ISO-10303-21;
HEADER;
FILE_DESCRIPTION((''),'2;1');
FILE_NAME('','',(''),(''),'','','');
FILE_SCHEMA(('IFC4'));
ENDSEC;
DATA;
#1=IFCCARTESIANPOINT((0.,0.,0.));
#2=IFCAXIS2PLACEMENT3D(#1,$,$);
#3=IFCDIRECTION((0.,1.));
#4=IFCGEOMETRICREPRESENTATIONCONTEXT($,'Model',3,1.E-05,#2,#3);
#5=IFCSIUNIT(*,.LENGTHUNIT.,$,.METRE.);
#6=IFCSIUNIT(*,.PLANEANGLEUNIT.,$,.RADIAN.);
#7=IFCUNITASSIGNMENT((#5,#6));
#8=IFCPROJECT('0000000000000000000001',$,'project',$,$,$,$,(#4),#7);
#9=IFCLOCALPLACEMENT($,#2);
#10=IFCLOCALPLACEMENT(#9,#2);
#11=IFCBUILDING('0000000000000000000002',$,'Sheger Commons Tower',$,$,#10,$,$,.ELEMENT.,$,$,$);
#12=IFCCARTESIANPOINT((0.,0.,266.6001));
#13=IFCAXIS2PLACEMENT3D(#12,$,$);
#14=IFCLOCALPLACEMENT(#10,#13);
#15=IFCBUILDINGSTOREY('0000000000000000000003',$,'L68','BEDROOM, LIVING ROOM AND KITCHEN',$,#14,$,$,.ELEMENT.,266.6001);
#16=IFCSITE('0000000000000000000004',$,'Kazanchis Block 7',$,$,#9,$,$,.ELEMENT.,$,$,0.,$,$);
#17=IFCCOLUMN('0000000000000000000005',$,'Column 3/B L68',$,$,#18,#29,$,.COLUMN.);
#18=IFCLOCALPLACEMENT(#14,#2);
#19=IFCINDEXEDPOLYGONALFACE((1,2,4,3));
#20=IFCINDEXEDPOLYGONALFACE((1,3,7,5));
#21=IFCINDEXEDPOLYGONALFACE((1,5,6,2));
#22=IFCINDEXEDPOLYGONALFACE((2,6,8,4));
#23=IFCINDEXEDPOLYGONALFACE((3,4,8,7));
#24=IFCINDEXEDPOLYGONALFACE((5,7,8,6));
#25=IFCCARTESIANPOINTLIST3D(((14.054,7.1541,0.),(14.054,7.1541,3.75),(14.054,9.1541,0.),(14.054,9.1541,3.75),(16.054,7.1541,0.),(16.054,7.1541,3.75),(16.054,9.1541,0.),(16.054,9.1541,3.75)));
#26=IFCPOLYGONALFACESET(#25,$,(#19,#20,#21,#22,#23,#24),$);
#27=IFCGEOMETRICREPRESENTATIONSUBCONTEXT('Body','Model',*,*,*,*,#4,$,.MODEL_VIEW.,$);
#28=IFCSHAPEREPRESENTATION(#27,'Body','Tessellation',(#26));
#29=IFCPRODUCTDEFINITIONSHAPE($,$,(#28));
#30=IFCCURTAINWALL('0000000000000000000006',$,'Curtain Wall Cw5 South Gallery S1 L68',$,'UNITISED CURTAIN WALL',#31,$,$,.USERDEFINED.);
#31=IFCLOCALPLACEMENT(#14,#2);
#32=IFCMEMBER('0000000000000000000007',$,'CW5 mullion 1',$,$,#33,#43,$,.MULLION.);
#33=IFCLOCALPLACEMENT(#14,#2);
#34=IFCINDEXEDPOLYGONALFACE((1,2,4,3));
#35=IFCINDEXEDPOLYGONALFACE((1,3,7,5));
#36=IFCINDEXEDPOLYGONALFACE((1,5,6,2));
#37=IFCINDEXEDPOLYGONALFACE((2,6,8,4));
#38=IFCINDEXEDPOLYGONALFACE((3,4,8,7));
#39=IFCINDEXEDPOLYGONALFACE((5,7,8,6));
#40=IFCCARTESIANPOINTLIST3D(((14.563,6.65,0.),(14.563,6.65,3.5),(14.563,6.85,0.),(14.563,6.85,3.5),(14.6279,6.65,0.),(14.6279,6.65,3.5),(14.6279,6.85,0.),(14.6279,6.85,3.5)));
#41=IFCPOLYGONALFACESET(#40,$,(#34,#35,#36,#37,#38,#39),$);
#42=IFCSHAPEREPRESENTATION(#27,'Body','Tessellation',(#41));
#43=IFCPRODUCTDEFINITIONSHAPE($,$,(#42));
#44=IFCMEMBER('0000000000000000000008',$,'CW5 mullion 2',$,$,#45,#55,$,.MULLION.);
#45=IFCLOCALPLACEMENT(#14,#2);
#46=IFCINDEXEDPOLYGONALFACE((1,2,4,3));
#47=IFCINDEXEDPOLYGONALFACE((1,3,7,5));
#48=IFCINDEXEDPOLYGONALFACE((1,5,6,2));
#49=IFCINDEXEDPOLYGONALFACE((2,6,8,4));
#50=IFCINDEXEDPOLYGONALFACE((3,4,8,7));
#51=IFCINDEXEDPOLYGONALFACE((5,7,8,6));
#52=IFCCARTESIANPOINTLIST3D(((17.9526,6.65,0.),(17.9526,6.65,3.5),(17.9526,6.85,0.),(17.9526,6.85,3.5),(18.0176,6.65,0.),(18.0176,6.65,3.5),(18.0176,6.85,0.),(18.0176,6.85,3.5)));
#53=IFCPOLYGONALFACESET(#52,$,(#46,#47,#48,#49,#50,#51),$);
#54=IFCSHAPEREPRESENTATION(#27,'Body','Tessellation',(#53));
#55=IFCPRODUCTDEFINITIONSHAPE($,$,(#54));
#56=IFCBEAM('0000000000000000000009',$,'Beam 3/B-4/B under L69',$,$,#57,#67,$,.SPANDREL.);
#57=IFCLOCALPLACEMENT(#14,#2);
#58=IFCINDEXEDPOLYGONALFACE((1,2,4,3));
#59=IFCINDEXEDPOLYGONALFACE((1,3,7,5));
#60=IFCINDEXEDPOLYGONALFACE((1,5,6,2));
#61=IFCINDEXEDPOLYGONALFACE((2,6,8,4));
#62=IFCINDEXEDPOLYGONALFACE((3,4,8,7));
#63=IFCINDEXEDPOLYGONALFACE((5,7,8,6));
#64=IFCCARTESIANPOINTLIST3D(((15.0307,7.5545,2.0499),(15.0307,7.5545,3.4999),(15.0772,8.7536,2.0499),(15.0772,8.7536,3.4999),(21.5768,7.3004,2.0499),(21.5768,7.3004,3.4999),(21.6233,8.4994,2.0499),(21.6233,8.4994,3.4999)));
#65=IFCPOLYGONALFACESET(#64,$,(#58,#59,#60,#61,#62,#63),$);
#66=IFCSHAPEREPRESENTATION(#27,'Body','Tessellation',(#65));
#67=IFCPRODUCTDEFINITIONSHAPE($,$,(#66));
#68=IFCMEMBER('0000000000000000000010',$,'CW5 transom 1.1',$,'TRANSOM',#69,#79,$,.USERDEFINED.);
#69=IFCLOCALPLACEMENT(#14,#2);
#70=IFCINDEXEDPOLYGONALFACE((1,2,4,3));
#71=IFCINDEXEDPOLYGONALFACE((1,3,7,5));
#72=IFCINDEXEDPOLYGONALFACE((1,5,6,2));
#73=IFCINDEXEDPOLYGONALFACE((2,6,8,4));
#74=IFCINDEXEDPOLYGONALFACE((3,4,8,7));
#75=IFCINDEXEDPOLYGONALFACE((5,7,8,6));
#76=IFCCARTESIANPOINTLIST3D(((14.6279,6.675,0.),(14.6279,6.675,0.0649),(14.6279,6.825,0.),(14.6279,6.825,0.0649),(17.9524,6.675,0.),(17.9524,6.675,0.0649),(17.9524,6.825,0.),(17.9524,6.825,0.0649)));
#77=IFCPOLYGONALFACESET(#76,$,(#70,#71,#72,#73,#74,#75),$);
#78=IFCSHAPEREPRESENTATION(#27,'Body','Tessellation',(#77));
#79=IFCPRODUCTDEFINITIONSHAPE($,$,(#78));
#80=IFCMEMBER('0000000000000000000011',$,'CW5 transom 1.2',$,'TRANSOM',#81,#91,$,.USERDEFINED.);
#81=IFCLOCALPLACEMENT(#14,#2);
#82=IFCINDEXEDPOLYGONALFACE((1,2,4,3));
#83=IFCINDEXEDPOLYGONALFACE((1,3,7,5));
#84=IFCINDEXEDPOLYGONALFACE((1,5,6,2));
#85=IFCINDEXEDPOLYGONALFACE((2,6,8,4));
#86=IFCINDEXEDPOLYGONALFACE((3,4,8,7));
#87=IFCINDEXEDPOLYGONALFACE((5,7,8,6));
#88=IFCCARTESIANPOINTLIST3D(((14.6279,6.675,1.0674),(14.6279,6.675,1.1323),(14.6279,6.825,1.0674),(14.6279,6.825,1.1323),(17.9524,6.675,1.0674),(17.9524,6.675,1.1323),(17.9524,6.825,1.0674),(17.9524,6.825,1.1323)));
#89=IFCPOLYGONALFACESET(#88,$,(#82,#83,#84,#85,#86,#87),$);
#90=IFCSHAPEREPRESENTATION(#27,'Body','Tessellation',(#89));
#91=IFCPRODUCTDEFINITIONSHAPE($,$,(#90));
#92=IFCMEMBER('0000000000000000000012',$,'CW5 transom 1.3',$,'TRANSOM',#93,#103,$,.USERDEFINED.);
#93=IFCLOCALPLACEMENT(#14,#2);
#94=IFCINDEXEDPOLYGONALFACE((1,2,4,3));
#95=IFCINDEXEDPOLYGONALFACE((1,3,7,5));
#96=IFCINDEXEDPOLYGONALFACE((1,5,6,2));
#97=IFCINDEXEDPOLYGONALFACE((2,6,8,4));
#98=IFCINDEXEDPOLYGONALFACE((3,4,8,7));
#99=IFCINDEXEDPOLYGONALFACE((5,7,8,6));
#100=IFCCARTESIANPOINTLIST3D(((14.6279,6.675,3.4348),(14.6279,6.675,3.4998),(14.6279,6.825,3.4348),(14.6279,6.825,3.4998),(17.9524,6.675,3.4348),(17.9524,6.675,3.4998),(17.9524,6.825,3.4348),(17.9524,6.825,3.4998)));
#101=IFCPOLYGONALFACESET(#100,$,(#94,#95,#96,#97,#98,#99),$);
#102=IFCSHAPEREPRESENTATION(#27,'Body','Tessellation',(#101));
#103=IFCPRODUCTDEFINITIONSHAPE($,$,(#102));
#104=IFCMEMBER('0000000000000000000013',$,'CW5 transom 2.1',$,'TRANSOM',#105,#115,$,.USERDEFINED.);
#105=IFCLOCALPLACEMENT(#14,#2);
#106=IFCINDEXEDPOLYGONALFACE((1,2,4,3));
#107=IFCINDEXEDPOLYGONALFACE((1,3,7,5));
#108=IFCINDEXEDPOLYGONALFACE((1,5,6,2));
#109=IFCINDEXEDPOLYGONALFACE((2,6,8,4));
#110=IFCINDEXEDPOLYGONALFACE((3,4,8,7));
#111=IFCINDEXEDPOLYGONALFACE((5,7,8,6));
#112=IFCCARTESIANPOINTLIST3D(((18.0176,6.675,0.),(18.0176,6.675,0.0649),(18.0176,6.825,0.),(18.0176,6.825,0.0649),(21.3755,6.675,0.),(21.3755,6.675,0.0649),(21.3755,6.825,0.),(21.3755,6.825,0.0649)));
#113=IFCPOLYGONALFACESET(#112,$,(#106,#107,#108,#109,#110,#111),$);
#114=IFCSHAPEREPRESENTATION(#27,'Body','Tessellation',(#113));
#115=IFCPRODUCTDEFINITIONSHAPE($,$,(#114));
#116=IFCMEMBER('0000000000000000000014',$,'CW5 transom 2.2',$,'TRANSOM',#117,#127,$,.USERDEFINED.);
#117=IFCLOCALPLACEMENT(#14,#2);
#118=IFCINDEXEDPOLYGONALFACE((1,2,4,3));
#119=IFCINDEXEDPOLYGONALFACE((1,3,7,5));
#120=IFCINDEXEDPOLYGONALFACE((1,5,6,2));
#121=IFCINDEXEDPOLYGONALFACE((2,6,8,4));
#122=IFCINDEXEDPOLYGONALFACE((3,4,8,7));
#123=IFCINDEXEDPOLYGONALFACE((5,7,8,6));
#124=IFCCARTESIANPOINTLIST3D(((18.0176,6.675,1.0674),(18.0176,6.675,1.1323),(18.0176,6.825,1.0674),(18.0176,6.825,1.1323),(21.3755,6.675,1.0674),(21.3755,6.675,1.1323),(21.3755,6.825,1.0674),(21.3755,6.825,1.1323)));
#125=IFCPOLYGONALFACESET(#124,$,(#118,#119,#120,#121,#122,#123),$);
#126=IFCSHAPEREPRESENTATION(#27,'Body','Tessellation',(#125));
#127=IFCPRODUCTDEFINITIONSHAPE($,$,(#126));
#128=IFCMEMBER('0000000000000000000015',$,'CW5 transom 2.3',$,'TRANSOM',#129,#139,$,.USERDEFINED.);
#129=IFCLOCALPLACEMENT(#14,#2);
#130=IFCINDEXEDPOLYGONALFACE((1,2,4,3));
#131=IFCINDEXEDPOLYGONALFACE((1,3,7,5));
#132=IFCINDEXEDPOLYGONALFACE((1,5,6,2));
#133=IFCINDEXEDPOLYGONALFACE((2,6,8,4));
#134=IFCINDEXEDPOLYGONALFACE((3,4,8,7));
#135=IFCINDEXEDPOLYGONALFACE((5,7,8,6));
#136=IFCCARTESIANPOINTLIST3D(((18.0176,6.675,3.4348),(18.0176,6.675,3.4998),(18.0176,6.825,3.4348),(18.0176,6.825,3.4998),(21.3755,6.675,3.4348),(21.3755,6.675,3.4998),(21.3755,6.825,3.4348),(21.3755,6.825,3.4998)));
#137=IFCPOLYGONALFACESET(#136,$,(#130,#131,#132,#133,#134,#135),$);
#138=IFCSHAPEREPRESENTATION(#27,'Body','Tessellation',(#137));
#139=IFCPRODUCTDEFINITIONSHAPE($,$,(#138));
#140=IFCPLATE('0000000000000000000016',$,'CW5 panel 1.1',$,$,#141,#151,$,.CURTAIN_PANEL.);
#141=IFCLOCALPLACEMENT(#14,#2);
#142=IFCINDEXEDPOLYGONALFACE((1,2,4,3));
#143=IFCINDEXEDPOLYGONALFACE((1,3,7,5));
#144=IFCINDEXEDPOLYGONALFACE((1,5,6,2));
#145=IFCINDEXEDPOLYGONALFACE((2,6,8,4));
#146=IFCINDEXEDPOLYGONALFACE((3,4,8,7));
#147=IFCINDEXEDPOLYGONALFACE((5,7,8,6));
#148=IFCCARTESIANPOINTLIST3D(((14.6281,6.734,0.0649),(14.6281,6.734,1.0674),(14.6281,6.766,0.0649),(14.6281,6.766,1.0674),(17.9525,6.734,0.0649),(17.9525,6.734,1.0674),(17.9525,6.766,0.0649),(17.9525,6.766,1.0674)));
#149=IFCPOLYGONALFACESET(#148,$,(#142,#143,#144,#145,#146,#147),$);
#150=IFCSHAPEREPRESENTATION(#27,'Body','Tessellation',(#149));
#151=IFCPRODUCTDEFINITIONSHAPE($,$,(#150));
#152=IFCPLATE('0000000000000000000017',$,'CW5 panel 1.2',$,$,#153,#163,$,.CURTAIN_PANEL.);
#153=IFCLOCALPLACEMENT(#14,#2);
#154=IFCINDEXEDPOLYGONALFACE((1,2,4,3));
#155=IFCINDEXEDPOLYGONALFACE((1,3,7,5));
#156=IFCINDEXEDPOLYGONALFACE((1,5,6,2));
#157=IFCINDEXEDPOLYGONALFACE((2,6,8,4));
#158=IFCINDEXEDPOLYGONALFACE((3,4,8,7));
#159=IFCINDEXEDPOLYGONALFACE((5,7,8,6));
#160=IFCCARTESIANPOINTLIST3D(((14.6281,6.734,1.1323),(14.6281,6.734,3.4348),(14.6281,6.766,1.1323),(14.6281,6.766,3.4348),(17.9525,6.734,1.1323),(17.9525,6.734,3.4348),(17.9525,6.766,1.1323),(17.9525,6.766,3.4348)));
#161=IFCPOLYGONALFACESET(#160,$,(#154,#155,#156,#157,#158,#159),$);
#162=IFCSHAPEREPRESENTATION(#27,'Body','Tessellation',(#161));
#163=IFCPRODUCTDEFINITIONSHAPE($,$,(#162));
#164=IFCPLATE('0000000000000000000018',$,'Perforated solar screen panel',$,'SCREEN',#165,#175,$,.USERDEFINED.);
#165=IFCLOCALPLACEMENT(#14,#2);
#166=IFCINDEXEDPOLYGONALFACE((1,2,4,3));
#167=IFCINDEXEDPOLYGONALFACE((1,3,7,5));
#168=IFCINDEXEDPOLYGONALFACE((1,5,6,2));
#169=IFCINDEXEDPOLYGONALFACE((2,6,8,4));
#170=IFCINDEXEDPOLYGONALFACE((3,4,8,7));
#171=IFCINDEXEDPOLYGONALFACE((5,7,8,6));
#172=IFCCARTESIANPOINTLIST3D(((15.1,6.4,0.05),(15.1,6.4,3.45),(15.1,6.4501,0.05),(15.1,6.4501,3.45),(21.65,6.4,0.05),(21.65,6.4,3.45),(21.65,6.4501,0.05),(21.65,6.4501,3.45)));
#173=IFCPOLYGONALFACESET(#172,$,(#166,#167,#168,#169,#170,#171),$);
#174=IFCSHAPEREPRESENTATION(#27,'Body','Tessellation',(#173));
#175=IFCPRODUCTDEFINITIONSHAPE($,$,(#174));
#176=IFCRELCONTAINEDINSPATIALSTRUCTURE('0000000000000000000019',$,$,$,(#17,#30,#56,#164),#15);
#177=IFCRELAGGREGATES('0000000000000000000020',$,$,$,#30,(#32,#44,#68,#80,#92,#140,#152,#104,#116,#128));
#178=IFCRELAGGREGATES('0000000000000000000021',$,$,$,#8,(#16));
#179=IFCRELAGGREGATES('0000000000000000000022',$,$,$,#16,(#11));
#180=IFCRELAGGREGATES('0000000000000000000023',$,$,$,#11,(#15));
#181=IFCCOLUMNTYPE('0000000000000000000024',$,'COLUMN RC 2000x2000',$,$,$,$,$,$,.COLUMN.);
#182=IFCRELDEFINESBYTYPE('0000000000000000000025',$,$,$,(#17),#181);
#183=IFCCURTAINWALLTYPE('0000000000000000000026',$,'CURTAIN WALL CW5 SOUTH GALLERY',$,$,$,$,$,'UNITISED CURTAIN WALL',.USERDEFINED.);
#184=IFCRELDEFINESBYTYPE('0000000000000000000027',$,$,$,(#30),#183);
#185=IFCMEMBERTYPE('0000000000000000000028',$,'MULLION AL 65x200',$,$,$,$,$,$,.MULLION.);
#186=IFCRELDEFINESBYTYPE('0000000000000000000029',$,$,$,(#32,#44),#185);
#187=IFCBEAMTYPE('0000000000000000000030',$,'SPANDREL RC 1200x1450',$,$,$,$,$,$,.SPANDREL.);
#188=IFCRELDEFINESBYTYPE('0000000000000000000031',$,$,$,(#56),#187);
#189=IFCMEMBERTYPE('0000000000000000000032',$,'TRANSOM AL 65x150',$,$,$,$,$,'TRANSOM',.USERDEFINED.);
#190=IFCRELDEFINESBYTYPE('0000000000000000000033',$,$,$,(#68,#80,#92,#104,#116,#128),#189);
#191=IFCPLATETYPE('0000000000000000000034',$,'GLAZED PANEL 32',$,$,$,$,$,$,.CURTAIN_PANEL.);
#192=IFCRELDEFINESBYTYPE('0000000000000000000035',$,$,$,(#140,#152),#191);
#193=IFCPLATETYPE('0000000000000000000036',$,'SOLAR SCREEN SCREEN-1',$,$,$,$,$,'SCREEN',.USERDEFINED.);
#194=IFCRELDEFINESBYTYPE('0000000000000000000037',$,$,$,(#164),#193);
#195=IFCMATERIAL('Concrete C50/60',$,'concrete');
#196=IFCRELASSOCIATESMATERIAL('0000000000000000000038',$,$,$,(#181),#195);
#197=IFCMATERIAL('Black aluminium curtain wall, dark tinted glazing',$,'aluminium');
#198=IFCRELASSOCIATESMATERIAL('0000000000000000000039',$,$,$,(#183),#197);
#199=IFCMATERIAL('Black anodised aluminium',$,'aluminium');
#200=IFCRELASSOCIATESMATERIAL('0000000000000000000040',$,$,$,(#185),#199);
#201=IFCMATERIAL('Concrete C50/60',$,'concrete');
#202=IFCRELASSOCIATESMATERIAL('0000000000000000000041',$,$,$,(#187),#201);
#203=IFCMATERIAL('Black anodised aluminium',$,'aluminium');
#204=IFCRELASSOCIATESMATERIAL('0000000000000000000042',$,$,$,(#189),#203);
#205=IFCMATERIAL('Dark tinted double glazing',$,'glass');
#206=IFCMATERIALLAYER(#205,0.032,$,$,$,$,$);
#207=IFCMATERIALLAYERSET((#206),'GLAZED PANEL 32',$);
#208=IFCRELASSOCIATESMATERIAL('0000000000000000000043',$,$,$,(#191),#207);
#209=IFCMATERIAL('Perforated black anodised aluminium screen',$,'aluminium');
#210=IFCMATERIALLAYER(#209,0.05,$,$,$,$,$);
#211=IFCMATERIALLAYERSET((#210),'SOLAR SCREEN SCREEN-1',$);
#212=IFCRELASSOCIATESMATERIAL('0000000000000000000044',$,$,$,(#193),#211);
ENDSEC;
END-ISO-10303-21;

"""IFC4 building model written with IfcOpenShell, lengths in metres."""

from ifc_helpers import new_model, si_unit, direction, frame, origin, origin_2d, place, context, subcontext, project, spatial, rectangle, extrude, material, layer, layer_set, material_profile, profile_set, type_object, element, aggregate, save


model = new_model("IFC4")

# Units and contexts
model_context = context("Model", 3, precision=1e-05, world=origin(), true_north=direction((0.0, 1.0)))
body_context = subcontext(model_context, "Body", "Model", "MODEL_VIEW")
ifc_project = project(units=[si_unit("LENGTHUNIT", "METRE"), si_unit("PLANEANGLEUNIT", "RADIAN")], contexts=[model_context])

# Site, building, storey
site_placement = place(None, origin())
site = spatial("IfcSite", under=ifc_project, at=site_placement, Name="Kazanchis Block 7", CompositionType="ELEMENT", RefElevation=0.0)
building_placement = place(site_placement, origin())
building = spatial("IfcBuilding", under=site, at=building_placement, Name="Sheger Commons Tower", CompositionType="ELEMENT")
storey_placement = place(building_placement, frame((0.0, 0.0, 266.6001)))
storey = spatial("IfcBuildingStorey", under=building, at=storey_placement, Name="L68", Description="BEDROOM, LIVING ROOM AND KITCHEN", CompositionType="ELEMENT", Elevation=266.6001)

# Column
ifc_material_1 = material(Name="Concrete C50/60", Category="concrete")
ifc_material_profile_1 = material_profile(ifc_material_1, rectangle(XDim=2.0, YDim=2.0, at=origin_2d()), Name="RC 2000x2000")
ifc_profile_set_1 = profile_set([ifc_material_profile_1], Name="Concrete C50/60")
column_type = type_object("IfcColumnType", Name="COLUMN RC 2000x2000", PredefinedType="COLUMN", material=ifc_profile_set_1)
column_placement = place(storey_placement, frame((15.054, 8.1541, 0.0), z_axis=(0.0, 0.0, 1.0), x_axis=(1.0, 0.0, 0.0)))
element("IfcColumn", 1, at=column_placement, inside=storey, type_object=column_type, Name="Column 3/B L68", PredefinedType="COLUMN", context=body_context, shape_type="SweptSolid", body=[
    extrude(rectangle(XDim=2.0, YDim=2.0, at=origin_2d()), origin(), (0.0, 0.0, 1.0), 3.75),
])

# Curtain wall, members
ifc_material_2 = material(Name="Black aluminium curtain wall, dark tinted glazing", Category="aluminium")
curtain_wall_type = type_object("IfcCurtainWallType", Name="CURTAIN WALL CW5 SOUTH GALLERY", ElementType="UNITISED CURTAIN WALL", PredefinedType="USERDEFINED", material=ifc_material_2)
curtain_wall_placement = place(storey_placement, origin())
curtain_wall = element("IfcCurtainWall", 2, at=curtain_wall_placement, inside=storey, type_object=curtain_wall_type, Name="Curtain Wall Cw5 South Gallery S1 L68", ObjectType="UNITISED CURTAIN WALL", PredefinedType="USERDEFINED")
ifc_material_3 = material(Name="Black anodised aluminium", Category="aluminium")
ifc_material_profile_2 = material_profile(ifc_material_3, rectangle(XDim=0.2, YDim=0.0649, at=origin_2d()), Name="AL 65x200")
ifc_profile_set_2 = profile_set([ifc_material_profile_2], Name="Black anodised aluminium")
member_type_1 = type_object("IfcMemberType", Name="MULLION AL 65x200", PredefinedType="MULLION", material=ifc_profile_set_2)
member_1_placement = place(storey_placement, frame((14.5955, 6.75, 0.0), z_axis=(0.0, 0.0, 1.0), x_axis=(0.0, 1.0, 0.0)))
member_1 = element("IfcMember", 3, at=member_1_placement, type_object=member_type_1, Name="CW5 mullion 1", PredefinedType="MULLION", context=body_context, shape_type="SweptSolid", body=[
    extrude(rectangle(XDim=0.2, YDim=0.0649, at=origin_2d()), origin(), (0.0, 0.0, 1.0), 3.5),
])
member_2_placement = place(storey_placement, frame((17.9851, 6.75, 0.0), z_axis=(0.0, 0.0, 1.0), x_axis=(0.0, 1.0, 0.0)))
member_2 = element("IfcMember", 4, at=member_2_placement, type_object=member_type_1, Name="CW5 mullion 2", PredefinedType="MULLION", context=body_context, shape_type="SweptSolid", body=[
    extrude(rectangle(XDim=0.2, YDim=0.0649, at=origin_2d()), origin(), (0.0, 0.0, 1.0), 3.5),
])

# Beam
ifc_material_4 = material(Name="Concrete C50/60", Category="concrete")
ifc_material_profile_3 = material_profile(ifc_material_4, rectangle(XDim=1.2, YDim=1.45, at=origin_2d()), Name="RC 1200x1450")
ifc_profile_set_3 = profile_set([ifc_material_profile_3], Name="Concrete C50/60")
beam_type = type_object("IfcBeamType", Name="SPANDREL RC 1200x1450", PredefinedType="SPANDREL", material=ifc_profile_set_3)
beam_placement = place(storey_placement, frame((15.054, 8.1541, 2.7749), z_axis=(0.999247, -0.038795, 0.0), x_axis=(0.038795, 0.999247, 0.0)))
element("IfcBeam", 5, at=beam_placement, inside=storey, type_object=beam_type, Name="Beam 3/B-4/B under L69", PredefinedType="SPANDREL", context=body_context, shape_type="SweptSolid", body=[
    extrude(rectangle(XDim=1.2, YDim=1.45, at=origin_2d()), origin(), (0.0, 0.0, 1.0), 6.551),
])

# Members
ifc_material_5 = material(Name="Black anodised aluminium", Category="aluminium")
ifc_material_profile_4 = material_profile(ifc_material_5, rectangle(XDim=0.1499, YDim=0.0649, at=origin_2d()), Name="AL 65x150")
ifc_profile_set_4 = profile_set([ifc_material_profile_4], Name="Black anodised aluminium")
member_type_2 = type_object("IfcMemberType", Name="TRANSOM AL 65x150", ElementType="TRANSOM", PredefinedType="USERDEFINED", material=ifc_profile_set_4)
member_3_placement = place(storey_placement, frame((14.6279, 6.75, 0.0325), z_axis=(1.0, 0.0, 0.0), x_axis=(0.0, 1.0, 0.0)))
member_3 = element("IfcMember", 6, at=member_3_placement, type_object=member_type_2, Name="CW5 transom 1.1", ObjectType="TRANSOM", PredefinedType="USERDEFINED", context=body_context, shape_type="SweptSolid", body=[
    extrude(rectangle(XDim=0.1499, YDim=0.0649, at=origin_2d()), origin(), (0.0, 0.0, 1.0), 3.3245),
])
member_4_placement = place(storey_placement, frame((14.6279, 6.75, 1.0999), z_axis=(1.0, 0.0, 0.0), x_axis=(0.0, 1.0, 0.0)))
member_4 = element("IfcMember", 7, at=member_4_placement, type_object=member_type_2, Name="CW5 transom 1.2", ObjectType="TRANSOM", PredefinedType="USERDEFINED", context=body_context, shape_type="SweptSolid", body=[
    extrude(rectangle(XDim=0.1499, YDim=0.0649, at=origin_2d()), origin(), (0.0, 0.0, 1.0), 3.3245),
])
member_5_placement = place(storey_placement, frame((14.6279, 6.75, 3.4673), z_axis=(1.0, 0.0, 0.0), x_axis=(0.0, 1.0, 0.0)))
member_5 = element("IfcMember", 8, at=member_5_placement, type_object=member_type_2, Name="CW5 transom 1.3", ObjectType="TRANSOM", PredefinedType="USERDEFINED", context=body_context, shape_type="SweptSolid", body=[
    extrude(rectangle(XDim=0.1499, YDim=0.0649, at=origin_2d()), origin(), (0.0, 0.0, 1.0), 3.3245),
])
member_6_placement = place(storey_placement, frame((18.0176, 6.75, 0.0325), z_axis=(1.0, 0.0, 0.0), x_axis=(0.0, 1.0, 0.0)))
member_6 = element("IfcMember", 9, at=member_6_placement, type_object=member_type_2, Name="CW5 transom 2.1", ObjectType="TRANSOM", PredefinedType="USERDEFINED", context=body_context, shape_type="SweptSolid", body=[
    extrude(rectangle(XDim=0.1499, YDim=0.0649, at=origin_2d()), origin(), (0.0, 0.0, 1.0), 3.3579),
])
member_7_placement = place(storey_placement, frame((18.0176, 6.75, 1.0999), z_axis=(1.0, 0.0, 0.0), x_axis=(0.0, 1.0, 0.0)))
member_7 = element("IfcMember", 10, at=member_7_placement, type_object=member_type_2, Name="CW5 transom 2.2", ObjectType="TRANSOM", PredefinedType="USERDEFINED", context=body_context, shape_type="SweptSolid", body=[
    extrude(rectangle(XDim=0.1499, YDim=0.0649, at=origin_2d()), origin(), (0.0, 0.0, 1.0), 3.3579),
])
member_8_placement = place(storey_placement, frame((18.0176, 6.75, 3.4673), z_axis=(1.0, 0.0, 0.0), x_axis=(0.0, 1.0, 0.0)))
member_8 = element("IfcMember", 11, at=member_8_placement, type_object=member_type_2, Name="CW5 transom 2.3", ObjectType="TRANSOM", PredefinedType="USERDEFINED", context=body_context, shape_type="SweptSolid", body=[
    extrude(rectangle(XDim=0.1499, YDim=0.0649, at=origin_2d()), origin(), (0.0, 0.0, 1.0), 3.3579),
])

# Plates
ifc_material_6 = material(Name="Dark tinted double glazing", Category="glass")
ifc_layer_1 = layer(ifc_material_6, 0.032)
ifc_layer_set_1 = layer_set([ifc_layer_1], Name="GLAZED PANEL 32")
plate_type_1 = type_object("IfcPlateType", Name="GLAZED PANEL 32", PredefinedType="CURTAIN_PANEL", material=ifc_layer_set_1)
plate_1_placement = place(storey_placement, frame((16.2903, 6.75, 0.0649), z_axis=(0.0, 0.0, 1.0), x_axis=(1.0, 0.0, 0.0)))
plate_1 = element("IfcPlate", 12, at=plate_1_placement, type_object=plate_type_1, Name="CW5 panel 1.1", PredefinedType="CURTAIN_PANEL", context=body_context, shape_type="SweptSolid", body=[
    extrude(rectangle(XDim=3.3245, YDim=0.032, at=origin_2d()), origin(), (0.0, 0.0, 1.0), 1.0024),
])
plate_2_placement = place(storey_placement, frame((16.2903, 6.75, 1.1323), z_axis=(0.0, 0.0, 1.0), x_axis=(1.0, 0.0, 0.0)))
plate_2 = element("IfcPlate", 13, at=plate_2_placement, type_object=plate_type_1, Name="CW5 panel 1.2", PredefinedType="CURTAIN_PANEL", context=body_context, shape_type="SweptSolid", body=[
    extrude(rectangle(XDim=3.3245, YDim=0.032, at=origin_2d()), origin(), (0.0, 0.0, 1.0), 2.3025),
])
aggregate(curtain_wall, [member_1, member_2, member_3, member_4, member_5, plate_1, plate_2, member_6, member_7, member_8])
ifc_material_7 = material(Name="Perforated black anodised aluminium screen", Category="aluminium")
ifc_layer_2 = layer(ifc_material_7, 0.05)
ifc_layer_set_2 = layer_set([ifc_layer_2], Name="SOLAR SCREEN SCREEN-1")
plate_type_2 = type_object("IfcPlateType", Name="SOLAR SCREEN SCREEN-1", ElementType="SCREEN", PredefinedType="USERDEFINED", material=ifc_layer_set_2)
plate_3_placement = place(storey_placement, frame((18.375, 6.425, 0.05), z_axis=(0.0, 0.0, 1.0), x_axis=(1.0, 0.0, 0.0)))
element("IfcPlate", 14, at=plate_3_placement, inside=storey, type_object=plate_type_2, Name="Perforated solar screen panel", ObjectType="SCREEN", PredefinedType="USERDEFINED", context=body_context, shape_type="SweptSolid", body=[
    extrude(rectangle(XDim=6.55, YDim=0.05, at=origin_2d()), origin(), (0.0, 0.0, 1.0), 3.3999),
])

save(model, "model.ifc")
